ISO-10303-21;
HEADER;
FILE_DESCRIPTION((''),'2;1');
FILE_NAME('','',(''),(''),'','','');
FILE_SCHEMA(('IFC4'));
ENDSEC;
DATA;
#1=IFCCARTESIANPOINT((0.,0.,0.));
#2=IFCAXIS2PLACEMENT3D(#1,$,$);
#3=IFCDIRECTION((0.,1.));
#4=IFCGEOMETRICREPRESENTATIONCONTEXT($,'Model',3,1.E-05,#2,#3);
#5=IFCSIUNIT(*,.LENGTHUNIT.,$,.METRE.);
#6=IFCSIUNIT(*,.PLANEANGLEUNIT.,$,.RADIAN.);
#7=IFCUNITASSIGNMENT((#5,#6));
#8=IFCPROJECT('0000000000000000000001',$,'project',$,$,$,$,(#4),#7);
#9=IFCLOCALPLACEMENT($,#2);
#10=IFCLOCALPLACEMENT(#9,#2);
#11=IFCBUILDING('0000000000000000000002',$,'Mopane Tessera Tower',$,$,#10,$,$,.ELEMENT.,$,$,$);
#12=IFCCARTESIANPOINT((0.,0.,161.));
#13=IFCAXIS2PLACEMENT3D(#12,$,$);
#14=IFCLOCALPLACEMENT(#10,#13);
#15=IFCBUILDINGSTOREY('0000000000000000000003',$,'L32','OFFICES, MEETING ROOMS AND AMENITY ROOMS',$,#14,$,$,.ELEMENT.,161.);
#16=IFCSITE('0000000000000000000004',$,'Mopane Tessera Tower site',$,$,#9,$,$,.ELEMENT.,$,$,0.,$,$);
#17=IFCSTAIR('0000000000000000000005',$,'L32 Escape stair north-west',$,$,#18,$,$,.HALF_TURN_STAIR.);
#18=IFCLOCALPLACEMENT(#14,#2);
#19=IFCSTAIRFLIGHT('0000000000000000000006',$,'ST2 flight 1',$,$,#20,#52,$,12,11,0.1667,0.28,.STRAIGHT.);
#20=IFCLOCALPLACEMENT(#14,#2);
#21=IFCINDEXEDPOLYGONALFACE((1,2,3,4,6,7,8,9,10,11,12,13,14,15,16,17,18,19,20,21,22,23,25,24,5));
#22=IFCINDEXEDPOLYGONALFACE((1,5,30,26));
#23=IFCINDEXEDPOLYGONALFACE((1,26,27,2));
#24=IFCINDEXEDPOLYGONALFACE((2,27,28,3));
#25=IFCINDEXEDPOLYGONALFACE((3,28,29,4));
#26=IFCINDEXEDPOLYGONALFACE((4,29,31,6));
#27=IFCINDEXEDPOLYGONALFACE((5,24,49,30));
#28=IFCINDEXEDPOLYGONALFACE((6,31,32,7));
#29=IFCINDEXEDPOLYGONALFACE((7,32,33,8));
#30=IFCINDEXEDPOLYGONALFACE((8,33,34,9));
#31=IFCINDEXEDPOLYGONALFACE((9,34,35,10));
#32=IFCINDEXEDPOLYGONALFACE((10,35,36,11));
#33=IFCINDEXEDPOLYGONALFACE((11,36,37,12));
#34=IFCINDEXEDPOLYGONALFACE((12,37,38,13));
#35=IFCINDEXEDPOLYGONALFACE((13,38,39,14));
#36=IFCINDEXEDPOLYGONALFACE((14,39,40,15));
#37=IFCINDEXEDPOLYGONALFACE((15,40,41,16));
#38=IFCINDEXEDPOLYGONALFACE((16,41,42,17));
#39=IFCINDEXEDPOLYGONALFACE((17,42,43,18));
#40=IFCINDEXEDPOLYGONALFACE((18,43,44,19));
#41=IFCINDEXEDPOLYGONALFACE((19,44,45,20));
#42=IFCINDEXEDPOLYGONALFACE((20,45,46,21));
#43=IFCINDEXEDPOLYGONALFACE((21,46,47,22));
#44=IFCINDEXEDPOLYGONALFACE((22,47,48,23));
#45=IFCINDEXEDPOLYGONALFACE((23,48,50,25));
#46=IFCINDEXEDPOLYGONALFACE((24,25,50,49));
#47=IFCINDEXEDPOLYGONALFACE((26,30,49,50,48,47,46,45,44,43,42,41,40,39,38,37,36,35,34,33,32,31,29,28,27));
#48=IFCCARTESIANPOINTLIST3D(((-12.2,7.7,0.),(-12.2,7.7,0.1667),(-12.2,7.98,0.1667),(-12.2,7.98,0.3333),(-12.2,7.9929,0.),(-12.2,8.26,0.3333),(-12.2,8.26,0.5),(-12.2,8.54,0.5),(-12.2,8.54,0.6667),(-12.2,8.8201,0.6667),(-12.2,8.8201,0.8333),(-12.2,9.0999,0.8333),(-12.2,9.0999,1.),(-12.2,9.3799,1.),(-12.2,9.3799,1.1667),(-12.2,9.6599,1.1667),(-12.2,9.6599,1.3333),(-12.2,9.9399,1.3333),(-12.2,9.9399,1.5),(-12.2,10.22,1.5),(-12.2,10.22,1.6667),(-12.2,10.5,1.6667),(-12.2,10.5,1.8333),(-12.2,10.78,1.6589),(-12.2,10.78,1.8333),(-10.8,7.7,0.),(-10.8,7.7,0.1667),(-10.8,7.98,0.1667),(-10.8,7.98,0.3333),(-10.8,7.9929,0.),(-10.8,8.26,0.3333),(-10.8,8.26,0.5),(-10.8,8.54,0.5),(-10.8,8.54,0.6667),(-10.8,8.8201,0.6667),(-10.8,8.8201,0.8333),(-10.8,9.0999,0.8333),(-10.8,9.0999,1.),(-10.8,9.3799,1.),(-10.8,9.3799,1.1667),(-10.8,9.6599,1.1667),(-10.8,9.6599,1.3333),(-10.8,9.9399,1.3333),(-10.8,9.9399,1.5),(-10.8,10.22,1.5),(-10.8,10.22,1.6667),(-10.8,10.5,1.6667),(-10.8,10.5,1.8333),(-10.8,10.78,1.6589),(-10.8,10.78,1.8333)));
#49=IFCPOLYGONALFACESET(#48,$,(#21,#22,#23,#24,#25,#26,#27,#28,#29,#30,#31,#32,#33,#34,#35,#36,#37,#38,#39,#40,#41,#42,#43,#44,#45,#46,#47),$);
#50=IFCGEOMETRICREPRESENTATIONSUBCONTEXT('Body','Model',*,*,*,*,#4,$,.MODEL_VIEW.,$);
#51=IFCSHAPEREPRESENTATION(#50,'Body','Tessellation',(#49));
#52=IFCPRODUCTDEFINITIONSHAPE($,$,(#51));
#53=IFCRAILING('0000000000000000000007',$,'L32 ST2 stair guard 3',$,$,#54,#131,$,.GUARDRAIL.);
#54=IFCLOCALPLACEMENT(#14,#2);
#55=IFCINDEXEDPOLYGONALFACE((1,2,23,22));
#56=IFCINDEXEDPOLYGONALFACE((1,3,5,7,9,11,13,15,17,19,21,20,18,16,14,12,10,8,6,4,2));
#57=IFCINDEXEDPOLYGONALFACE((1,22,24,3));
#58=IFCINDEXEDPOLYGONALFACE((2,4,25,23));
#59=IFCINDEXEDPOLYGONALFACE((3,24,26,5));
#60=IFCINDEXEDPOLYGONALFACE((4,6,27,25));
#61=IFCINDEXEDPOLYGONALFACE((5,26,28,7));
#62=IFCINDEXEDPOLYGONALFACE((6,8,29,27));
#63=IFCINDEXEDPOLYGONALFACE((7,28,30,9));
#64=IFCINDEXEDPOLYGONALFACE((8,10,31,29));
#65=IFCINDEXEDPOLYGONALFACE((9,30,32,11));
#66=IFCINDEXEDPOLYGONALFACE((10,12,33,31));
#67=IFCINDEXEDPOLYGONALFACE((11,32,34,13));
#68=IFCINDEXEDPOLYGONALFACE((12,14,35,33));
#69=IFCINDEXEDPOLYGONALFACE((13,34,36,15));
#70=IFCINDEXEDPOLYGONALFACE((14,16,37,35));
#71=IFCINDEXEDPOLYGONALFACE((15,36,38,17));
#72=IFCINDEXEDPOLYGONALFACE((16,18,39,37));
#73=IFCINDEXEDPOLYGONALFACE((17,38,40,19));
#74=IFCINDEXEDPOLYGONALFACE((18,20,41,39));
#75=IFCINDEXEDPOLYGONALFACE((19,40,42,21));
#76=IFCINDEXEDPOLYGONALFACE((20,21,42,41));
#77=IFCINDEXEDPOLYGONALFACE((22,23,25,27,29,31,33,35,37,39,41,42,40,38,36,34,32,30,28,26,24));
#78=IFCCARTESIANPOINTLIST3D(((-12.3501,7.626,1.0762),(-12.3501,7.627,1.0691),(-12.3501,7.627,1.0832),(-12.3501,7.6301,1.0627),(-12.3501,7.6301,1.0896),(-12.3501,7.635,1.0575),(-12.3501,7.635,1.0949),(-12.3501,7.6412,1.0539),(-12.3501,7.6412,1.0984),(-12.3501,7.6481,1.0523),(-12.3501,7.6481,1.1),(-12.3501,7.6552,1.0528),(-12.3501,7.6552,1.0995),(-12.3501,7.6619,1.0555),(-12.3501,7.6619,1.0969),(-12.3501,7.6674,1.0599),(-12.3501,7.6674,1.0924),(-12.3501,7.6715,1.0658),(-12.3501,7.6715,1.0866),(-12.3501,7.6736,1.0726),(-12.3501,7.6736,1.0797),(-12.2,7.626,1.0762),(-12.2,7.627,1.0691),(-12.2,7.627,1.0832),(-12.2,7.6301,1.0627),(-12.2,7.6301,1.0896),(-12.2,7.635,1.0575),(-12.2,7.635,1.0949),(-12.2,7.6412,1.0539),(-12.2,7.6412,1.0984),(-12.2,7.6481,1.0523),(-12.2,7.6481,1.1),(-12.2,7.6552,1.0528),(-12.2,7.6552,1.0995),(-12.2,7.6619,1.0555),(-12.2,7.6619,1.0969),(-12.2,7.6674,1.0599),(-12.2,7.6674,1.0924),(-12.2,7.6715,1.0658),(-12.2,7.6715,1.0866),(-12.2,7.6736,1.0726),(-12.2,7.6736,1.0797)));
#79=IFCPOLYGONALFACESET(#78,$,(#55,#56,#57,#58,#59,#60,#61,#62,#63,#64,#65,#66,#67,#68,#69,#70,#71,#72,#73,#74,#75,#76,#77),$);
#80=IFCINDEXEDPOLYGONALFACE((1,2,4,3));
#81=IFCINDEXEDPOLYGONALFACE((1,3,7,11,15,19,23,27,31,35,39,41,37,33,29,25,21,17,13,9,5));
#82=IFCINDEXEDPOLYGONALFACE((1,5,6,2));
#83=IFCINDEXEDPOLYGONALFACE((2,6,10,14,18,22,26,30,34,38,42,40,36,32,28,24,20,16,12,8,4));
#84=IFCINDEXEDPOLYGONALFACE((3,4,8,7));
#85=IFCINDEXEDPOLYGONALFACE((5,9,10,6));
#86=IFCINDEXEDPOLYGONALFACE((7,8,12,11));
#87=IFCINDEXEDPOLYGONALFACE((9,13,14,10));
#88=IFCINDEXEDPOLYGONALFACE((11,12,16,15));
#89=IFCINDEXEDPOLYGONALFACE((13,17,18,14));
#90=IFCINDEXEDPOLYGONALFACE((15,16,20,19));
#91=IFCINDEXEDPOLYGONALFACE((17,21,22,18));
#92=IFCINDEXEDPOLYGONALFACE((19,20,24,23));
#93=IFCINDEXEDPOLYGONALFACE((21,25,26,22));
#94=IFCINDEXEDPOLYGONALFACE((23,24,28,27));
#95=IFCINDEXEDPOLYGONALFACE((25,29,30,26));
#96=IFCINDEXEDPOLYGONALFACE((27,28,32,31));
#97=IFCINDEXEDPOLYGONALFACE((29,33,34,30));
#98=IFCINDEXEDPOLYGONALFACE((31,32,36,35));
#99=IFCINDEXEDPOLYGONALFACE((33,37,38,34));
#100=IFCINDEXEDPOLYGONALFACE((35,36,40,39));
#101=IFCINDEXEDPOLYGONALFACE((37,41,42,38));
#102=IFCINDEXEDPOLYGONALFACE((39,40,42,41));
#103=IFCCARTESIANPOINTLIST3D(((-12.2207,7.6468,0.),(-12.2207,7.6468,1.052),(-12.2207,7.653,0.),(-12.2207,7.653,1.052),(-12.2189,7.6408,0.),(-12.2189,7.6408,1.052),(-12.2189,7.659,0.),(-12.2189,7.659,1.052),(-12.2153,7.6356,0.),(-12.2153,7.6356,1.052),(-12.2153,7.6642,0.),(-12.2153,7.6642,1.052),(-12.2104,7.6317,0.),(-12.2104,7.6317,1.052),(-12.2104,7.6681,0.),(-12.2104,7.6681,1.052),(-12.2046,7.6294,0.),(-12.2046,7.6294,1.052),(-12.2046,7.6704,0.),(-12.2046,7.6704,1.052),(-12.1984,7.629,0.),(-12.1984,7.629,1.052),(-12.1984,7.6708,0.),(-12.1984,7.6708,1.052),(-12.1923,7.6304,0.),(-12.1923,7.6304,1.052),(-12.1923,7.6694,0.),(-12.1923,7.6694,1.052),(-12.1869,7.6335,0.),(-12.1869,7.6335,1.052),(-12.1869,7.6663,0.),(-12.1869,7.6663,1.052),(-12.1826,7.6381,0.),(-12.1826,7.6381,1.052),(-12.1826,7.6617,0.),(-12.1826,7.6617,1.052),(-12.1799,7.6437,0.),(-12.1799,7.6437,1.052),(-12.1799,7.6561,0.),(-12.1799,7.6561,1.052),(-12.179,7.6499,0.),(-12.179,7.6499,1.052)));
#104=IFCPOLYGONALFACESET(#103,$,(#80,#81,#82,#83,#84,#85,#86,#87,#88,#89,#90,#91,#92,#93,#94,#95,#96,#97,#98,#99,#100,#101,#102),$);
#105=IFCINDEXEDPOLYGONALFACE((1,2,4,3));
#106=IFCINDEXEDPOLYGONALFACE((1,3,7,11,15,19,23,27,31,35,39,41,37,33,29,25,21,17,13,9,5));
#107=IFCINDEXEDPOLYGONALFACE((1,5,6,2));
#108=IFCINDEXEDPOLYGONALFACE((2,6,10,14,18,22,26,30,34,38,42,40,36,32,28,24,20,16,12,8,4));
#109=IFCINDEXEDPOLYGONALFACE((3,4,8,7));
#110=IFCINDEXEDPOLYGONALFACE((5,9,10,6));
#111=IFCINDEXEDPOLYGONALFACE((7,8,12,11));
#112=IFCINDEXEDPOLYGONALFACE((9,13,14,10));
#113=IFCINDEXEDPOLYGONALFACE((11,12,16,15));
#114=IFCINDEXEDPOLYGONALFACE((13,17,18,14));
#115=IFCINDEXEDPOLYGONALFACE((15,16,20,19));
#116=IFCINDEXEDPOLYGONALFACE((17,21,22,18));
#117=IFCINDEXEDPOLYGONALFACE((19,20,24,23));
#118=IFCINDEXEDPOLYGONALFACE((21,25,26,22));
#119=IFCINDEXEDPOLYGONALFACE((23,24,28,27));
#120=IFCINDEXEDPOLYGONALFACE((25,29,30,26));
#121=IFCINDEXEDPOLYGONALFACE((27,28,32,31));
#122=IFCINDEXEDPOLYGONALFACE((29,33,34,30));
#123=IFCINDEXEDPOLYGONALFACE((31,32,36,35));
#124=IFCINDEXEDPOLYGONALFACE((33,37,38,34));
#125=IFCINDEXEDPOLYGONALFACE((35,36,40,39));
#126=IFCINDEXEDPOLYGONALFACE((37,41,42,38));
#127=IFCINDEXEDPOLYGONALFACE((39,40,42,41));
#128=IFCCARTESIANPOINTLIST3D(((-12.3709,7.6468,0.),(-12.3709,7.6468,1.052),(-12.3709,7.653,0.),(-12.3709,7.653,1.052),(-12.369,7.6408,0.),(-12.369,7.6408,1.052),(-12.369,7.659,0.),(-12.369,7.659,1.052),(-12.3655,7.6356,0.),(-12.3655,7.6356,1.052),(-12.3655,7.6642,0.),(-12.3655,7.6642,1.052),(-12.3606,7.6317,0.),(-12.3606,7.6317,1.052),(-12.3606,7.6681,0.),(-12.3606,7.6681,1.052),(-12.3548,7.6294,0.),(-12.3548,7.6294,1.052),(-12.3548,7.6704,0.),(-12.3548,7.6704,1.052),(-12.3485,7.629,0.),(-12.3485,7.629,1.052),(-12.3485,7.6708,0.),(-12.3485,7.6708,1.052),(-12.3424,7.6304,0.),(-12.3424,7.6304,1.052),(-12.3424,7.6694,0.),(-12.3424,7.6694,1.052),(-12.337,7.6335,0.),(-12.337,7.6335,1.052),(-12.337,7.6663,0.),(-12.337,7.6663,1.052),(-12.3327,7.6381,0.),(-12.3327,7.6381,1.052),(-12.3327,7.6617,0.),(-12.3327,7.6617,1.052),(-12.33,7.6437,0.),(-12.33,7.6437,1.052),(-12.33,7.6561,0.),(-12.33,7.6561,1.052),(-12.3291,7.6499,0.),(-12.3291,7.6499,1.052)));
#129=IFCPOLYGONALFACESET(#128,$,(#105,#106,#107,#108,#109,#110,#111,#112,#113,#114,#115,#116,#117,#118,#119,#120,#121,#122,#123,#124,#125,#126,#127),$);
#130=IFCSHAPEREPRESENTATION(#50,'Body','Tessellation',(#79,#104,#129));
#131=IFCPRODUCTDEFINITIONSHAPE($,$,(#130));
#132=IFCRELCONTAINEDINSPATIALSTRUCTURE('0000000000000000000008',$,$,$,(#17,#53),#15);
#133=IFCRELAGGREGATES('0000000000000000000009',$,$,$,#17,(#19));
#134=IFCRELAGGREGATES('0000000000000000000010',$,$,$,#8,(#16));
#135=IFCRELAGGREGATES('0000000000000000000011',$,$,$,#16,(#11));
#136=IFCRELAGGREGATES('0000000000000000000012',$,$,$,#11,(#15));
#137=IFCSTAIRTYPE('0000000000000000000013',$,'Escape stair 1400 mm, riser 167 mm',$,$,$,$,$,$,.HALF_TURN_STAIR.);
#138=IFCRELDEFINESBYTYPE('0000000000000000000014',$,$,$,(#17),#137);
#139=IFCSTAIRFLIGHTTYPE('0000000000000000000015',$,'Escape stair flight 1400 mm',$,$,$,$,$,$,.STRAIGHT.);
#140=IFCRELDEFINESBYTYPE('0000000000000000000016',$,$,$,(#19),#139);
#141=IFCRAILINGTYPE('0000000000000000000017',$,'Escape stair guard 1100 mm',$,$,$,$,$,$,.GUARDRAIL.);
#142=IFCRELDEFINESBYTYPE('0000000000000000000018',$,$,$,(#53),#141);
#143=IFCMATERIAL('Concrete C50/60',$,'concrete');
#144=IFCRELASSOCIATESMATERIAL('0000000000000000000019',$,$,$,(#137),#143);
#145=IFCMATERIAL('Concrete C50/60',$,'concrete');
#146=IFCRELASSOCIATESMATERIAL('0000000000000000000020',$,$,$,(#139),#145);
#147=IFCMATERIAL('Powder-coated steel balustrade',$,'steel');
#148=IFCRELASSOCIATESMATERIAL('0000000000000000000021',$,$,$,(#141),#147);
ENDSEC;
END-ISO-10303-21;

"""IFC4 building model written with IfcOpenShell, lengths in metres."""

from ifc_helpers import new_model, si_unit, direction, frame, origin, origin_2d, place, context, subcontext, project, spatial, polyline, circle, outline, extrude, material, type_object, element, aggregate, save


model = new_model("IFC4")

# Units and contexts
model_context = context("Model", 3, precision=1e-05, world=origin(), true_north=direction((0.0, 1.0)))
body_context = subcontext(model_context, "Body", "Model", "MODEL_VIEW")
ifc_project = project(units=[si_unit("LENGTHUNIT", "METRE"), si_unit("PLANEANGLEUNIT", "RADIAN")], contexts=[model_context])

# Site, building, storey
site_placement = place(None, origin())
site = spatial("IfcSite", under=ifc_project, at=site_placement, Name="Mopane Tessera Tower site", CompositionType="ELEMENT", RefElevation=0.0)
building_placement = place(site_placement, origin())
building = spatial("IfcBuilding", under=site, at=building_placement, Name="Mopane Tessera Tower", CompositionType="ELEMENT")
storey_placement = place(building_placement, frame((0.0, 0.0, 161.0)))
storey = spatial("IfcBuildingStorey", under=building, at=storey_placement, Name="L32", Description="OFFICES, MEETING ROOMS AND AMENITY ROOMS", CompositionType="ELEMENT", Elevation=161.0)

# Stair, stair flight
ifc_material_1 = material(Name="Concrete C50/60", Category="concrete")
stair_type = type_object("IfcStairType", Name="Escape stair 1400 mm, riser 167 mm", PredefinedType="HALF_TURN_STAIR", material=ifc_material_1)
stair_placement = place(storey_placement, origin())
stair = element("IfcStair", 1, at=stair_placement, inside=storey, type_object=stair_type, Name="L32 Escape stair north-west", PredefinedType="HALF_TURN_STAIR")
ifc_material_2 = material(Name="Concrete C50/60", Category="concrete")
stair_flight_type = type_object("IfcStairFlightType", Name="Escape stair flight 1400 mm", PredefinedType="STRAIGHT", material=ifc_material_2)
stair_flight_placement = place(storey_placement, frame((-11.5, 7.7, 0.0), z_axis=(0.0, 0.0, 1.0), x_axis=(0.0, 1.0, 0.0)))
stair_flight = element("IfcStairFlight", 2, at=stair_flight_placement, type_object=stair_flight_type, Name="ST2 flight 1", NumberOfRisers=12, NumberOfTreads=11, PredefinedType="STRAIGHT", RiserHeight=0.1667, TreadLength=0.28, context=body_context, shape_type="SweptSolid", body=[
    extrude(outline(polyline([(0.0, 0.0), (0.0, 0.1667), (0.28, 0.1667), (0.28, 0.3333), (0.5601, 0.3333), (0.5601, 0.5), (0.8401, 0.5), (0.8401, 0.6667), (1.1201, 0.6667), (1.1201, 0.8333), (1.3999, 0.8333), (1.3999, 1.0), (1.6799, 1.0), (1.6799, 1.1667), (1.96, 1.1667), (1.96, 1.3333), (2.24, 1.3333), (2.24, 1.5), (2.52, 1.5), (2.52, 1.6667), (2.8, 1.6667), (2.8, 1.8333), (3.0801, 1.8333), (3.0801, 2.0), (3.0801, 1.6589), (0.293, 0.0), (0.0, 0.0)])), frame((0.0, 0.7, 0.0), z_axis=(0.0, -1.0, 0.0), x_axis=(1.0, 0.0, 0.0)), (0.0, 0.0, 1.0), 1.3999),
])
aggregate(stair, [stair_flight])

# Railing
ifc_material_3 = material(Name="Powder-coated steel balustrade", Category="steel")
railing_type_1 = type_object("IfcRailingType", Name="Escape stair guard 1100 mm", PredefinedType="GUARDRAIL", material=ifc_material_3)
railing_1_placement = place(storey_placement, frame((-12.2, 7.6499, 0.0)))
element("IfcRailing", 3, at=railing_1_placement, inside=storey, type_object=railing_type_1, Name="L32 ST2 stair guard 3", PredefinedType="GUARDRAIL", context=body_context, shape_type="SweptSolid", body=[
    extrude(circle(Radius=0.0239, at=origin_2d()), frame((0.0, 0.0, 1.0762), z_axis=(-1.0, 0.0, 0.0), x_axis=(0.0, -1.0, 0.0)), (0.0, 0.0, 1.0), 0.1501),
    extrude(circle(Radius=0.021, at=origin_2d()), origin(), (0.0, 0.0, 1.0), 1.052),
    extrude(circle(Radius=0.021, at=origin_2d()), frame((-0.1501, 0.0, 0.0)), (0.0, 0.0, 1.0), 1.052),
])

save(model, "model.ifc")
